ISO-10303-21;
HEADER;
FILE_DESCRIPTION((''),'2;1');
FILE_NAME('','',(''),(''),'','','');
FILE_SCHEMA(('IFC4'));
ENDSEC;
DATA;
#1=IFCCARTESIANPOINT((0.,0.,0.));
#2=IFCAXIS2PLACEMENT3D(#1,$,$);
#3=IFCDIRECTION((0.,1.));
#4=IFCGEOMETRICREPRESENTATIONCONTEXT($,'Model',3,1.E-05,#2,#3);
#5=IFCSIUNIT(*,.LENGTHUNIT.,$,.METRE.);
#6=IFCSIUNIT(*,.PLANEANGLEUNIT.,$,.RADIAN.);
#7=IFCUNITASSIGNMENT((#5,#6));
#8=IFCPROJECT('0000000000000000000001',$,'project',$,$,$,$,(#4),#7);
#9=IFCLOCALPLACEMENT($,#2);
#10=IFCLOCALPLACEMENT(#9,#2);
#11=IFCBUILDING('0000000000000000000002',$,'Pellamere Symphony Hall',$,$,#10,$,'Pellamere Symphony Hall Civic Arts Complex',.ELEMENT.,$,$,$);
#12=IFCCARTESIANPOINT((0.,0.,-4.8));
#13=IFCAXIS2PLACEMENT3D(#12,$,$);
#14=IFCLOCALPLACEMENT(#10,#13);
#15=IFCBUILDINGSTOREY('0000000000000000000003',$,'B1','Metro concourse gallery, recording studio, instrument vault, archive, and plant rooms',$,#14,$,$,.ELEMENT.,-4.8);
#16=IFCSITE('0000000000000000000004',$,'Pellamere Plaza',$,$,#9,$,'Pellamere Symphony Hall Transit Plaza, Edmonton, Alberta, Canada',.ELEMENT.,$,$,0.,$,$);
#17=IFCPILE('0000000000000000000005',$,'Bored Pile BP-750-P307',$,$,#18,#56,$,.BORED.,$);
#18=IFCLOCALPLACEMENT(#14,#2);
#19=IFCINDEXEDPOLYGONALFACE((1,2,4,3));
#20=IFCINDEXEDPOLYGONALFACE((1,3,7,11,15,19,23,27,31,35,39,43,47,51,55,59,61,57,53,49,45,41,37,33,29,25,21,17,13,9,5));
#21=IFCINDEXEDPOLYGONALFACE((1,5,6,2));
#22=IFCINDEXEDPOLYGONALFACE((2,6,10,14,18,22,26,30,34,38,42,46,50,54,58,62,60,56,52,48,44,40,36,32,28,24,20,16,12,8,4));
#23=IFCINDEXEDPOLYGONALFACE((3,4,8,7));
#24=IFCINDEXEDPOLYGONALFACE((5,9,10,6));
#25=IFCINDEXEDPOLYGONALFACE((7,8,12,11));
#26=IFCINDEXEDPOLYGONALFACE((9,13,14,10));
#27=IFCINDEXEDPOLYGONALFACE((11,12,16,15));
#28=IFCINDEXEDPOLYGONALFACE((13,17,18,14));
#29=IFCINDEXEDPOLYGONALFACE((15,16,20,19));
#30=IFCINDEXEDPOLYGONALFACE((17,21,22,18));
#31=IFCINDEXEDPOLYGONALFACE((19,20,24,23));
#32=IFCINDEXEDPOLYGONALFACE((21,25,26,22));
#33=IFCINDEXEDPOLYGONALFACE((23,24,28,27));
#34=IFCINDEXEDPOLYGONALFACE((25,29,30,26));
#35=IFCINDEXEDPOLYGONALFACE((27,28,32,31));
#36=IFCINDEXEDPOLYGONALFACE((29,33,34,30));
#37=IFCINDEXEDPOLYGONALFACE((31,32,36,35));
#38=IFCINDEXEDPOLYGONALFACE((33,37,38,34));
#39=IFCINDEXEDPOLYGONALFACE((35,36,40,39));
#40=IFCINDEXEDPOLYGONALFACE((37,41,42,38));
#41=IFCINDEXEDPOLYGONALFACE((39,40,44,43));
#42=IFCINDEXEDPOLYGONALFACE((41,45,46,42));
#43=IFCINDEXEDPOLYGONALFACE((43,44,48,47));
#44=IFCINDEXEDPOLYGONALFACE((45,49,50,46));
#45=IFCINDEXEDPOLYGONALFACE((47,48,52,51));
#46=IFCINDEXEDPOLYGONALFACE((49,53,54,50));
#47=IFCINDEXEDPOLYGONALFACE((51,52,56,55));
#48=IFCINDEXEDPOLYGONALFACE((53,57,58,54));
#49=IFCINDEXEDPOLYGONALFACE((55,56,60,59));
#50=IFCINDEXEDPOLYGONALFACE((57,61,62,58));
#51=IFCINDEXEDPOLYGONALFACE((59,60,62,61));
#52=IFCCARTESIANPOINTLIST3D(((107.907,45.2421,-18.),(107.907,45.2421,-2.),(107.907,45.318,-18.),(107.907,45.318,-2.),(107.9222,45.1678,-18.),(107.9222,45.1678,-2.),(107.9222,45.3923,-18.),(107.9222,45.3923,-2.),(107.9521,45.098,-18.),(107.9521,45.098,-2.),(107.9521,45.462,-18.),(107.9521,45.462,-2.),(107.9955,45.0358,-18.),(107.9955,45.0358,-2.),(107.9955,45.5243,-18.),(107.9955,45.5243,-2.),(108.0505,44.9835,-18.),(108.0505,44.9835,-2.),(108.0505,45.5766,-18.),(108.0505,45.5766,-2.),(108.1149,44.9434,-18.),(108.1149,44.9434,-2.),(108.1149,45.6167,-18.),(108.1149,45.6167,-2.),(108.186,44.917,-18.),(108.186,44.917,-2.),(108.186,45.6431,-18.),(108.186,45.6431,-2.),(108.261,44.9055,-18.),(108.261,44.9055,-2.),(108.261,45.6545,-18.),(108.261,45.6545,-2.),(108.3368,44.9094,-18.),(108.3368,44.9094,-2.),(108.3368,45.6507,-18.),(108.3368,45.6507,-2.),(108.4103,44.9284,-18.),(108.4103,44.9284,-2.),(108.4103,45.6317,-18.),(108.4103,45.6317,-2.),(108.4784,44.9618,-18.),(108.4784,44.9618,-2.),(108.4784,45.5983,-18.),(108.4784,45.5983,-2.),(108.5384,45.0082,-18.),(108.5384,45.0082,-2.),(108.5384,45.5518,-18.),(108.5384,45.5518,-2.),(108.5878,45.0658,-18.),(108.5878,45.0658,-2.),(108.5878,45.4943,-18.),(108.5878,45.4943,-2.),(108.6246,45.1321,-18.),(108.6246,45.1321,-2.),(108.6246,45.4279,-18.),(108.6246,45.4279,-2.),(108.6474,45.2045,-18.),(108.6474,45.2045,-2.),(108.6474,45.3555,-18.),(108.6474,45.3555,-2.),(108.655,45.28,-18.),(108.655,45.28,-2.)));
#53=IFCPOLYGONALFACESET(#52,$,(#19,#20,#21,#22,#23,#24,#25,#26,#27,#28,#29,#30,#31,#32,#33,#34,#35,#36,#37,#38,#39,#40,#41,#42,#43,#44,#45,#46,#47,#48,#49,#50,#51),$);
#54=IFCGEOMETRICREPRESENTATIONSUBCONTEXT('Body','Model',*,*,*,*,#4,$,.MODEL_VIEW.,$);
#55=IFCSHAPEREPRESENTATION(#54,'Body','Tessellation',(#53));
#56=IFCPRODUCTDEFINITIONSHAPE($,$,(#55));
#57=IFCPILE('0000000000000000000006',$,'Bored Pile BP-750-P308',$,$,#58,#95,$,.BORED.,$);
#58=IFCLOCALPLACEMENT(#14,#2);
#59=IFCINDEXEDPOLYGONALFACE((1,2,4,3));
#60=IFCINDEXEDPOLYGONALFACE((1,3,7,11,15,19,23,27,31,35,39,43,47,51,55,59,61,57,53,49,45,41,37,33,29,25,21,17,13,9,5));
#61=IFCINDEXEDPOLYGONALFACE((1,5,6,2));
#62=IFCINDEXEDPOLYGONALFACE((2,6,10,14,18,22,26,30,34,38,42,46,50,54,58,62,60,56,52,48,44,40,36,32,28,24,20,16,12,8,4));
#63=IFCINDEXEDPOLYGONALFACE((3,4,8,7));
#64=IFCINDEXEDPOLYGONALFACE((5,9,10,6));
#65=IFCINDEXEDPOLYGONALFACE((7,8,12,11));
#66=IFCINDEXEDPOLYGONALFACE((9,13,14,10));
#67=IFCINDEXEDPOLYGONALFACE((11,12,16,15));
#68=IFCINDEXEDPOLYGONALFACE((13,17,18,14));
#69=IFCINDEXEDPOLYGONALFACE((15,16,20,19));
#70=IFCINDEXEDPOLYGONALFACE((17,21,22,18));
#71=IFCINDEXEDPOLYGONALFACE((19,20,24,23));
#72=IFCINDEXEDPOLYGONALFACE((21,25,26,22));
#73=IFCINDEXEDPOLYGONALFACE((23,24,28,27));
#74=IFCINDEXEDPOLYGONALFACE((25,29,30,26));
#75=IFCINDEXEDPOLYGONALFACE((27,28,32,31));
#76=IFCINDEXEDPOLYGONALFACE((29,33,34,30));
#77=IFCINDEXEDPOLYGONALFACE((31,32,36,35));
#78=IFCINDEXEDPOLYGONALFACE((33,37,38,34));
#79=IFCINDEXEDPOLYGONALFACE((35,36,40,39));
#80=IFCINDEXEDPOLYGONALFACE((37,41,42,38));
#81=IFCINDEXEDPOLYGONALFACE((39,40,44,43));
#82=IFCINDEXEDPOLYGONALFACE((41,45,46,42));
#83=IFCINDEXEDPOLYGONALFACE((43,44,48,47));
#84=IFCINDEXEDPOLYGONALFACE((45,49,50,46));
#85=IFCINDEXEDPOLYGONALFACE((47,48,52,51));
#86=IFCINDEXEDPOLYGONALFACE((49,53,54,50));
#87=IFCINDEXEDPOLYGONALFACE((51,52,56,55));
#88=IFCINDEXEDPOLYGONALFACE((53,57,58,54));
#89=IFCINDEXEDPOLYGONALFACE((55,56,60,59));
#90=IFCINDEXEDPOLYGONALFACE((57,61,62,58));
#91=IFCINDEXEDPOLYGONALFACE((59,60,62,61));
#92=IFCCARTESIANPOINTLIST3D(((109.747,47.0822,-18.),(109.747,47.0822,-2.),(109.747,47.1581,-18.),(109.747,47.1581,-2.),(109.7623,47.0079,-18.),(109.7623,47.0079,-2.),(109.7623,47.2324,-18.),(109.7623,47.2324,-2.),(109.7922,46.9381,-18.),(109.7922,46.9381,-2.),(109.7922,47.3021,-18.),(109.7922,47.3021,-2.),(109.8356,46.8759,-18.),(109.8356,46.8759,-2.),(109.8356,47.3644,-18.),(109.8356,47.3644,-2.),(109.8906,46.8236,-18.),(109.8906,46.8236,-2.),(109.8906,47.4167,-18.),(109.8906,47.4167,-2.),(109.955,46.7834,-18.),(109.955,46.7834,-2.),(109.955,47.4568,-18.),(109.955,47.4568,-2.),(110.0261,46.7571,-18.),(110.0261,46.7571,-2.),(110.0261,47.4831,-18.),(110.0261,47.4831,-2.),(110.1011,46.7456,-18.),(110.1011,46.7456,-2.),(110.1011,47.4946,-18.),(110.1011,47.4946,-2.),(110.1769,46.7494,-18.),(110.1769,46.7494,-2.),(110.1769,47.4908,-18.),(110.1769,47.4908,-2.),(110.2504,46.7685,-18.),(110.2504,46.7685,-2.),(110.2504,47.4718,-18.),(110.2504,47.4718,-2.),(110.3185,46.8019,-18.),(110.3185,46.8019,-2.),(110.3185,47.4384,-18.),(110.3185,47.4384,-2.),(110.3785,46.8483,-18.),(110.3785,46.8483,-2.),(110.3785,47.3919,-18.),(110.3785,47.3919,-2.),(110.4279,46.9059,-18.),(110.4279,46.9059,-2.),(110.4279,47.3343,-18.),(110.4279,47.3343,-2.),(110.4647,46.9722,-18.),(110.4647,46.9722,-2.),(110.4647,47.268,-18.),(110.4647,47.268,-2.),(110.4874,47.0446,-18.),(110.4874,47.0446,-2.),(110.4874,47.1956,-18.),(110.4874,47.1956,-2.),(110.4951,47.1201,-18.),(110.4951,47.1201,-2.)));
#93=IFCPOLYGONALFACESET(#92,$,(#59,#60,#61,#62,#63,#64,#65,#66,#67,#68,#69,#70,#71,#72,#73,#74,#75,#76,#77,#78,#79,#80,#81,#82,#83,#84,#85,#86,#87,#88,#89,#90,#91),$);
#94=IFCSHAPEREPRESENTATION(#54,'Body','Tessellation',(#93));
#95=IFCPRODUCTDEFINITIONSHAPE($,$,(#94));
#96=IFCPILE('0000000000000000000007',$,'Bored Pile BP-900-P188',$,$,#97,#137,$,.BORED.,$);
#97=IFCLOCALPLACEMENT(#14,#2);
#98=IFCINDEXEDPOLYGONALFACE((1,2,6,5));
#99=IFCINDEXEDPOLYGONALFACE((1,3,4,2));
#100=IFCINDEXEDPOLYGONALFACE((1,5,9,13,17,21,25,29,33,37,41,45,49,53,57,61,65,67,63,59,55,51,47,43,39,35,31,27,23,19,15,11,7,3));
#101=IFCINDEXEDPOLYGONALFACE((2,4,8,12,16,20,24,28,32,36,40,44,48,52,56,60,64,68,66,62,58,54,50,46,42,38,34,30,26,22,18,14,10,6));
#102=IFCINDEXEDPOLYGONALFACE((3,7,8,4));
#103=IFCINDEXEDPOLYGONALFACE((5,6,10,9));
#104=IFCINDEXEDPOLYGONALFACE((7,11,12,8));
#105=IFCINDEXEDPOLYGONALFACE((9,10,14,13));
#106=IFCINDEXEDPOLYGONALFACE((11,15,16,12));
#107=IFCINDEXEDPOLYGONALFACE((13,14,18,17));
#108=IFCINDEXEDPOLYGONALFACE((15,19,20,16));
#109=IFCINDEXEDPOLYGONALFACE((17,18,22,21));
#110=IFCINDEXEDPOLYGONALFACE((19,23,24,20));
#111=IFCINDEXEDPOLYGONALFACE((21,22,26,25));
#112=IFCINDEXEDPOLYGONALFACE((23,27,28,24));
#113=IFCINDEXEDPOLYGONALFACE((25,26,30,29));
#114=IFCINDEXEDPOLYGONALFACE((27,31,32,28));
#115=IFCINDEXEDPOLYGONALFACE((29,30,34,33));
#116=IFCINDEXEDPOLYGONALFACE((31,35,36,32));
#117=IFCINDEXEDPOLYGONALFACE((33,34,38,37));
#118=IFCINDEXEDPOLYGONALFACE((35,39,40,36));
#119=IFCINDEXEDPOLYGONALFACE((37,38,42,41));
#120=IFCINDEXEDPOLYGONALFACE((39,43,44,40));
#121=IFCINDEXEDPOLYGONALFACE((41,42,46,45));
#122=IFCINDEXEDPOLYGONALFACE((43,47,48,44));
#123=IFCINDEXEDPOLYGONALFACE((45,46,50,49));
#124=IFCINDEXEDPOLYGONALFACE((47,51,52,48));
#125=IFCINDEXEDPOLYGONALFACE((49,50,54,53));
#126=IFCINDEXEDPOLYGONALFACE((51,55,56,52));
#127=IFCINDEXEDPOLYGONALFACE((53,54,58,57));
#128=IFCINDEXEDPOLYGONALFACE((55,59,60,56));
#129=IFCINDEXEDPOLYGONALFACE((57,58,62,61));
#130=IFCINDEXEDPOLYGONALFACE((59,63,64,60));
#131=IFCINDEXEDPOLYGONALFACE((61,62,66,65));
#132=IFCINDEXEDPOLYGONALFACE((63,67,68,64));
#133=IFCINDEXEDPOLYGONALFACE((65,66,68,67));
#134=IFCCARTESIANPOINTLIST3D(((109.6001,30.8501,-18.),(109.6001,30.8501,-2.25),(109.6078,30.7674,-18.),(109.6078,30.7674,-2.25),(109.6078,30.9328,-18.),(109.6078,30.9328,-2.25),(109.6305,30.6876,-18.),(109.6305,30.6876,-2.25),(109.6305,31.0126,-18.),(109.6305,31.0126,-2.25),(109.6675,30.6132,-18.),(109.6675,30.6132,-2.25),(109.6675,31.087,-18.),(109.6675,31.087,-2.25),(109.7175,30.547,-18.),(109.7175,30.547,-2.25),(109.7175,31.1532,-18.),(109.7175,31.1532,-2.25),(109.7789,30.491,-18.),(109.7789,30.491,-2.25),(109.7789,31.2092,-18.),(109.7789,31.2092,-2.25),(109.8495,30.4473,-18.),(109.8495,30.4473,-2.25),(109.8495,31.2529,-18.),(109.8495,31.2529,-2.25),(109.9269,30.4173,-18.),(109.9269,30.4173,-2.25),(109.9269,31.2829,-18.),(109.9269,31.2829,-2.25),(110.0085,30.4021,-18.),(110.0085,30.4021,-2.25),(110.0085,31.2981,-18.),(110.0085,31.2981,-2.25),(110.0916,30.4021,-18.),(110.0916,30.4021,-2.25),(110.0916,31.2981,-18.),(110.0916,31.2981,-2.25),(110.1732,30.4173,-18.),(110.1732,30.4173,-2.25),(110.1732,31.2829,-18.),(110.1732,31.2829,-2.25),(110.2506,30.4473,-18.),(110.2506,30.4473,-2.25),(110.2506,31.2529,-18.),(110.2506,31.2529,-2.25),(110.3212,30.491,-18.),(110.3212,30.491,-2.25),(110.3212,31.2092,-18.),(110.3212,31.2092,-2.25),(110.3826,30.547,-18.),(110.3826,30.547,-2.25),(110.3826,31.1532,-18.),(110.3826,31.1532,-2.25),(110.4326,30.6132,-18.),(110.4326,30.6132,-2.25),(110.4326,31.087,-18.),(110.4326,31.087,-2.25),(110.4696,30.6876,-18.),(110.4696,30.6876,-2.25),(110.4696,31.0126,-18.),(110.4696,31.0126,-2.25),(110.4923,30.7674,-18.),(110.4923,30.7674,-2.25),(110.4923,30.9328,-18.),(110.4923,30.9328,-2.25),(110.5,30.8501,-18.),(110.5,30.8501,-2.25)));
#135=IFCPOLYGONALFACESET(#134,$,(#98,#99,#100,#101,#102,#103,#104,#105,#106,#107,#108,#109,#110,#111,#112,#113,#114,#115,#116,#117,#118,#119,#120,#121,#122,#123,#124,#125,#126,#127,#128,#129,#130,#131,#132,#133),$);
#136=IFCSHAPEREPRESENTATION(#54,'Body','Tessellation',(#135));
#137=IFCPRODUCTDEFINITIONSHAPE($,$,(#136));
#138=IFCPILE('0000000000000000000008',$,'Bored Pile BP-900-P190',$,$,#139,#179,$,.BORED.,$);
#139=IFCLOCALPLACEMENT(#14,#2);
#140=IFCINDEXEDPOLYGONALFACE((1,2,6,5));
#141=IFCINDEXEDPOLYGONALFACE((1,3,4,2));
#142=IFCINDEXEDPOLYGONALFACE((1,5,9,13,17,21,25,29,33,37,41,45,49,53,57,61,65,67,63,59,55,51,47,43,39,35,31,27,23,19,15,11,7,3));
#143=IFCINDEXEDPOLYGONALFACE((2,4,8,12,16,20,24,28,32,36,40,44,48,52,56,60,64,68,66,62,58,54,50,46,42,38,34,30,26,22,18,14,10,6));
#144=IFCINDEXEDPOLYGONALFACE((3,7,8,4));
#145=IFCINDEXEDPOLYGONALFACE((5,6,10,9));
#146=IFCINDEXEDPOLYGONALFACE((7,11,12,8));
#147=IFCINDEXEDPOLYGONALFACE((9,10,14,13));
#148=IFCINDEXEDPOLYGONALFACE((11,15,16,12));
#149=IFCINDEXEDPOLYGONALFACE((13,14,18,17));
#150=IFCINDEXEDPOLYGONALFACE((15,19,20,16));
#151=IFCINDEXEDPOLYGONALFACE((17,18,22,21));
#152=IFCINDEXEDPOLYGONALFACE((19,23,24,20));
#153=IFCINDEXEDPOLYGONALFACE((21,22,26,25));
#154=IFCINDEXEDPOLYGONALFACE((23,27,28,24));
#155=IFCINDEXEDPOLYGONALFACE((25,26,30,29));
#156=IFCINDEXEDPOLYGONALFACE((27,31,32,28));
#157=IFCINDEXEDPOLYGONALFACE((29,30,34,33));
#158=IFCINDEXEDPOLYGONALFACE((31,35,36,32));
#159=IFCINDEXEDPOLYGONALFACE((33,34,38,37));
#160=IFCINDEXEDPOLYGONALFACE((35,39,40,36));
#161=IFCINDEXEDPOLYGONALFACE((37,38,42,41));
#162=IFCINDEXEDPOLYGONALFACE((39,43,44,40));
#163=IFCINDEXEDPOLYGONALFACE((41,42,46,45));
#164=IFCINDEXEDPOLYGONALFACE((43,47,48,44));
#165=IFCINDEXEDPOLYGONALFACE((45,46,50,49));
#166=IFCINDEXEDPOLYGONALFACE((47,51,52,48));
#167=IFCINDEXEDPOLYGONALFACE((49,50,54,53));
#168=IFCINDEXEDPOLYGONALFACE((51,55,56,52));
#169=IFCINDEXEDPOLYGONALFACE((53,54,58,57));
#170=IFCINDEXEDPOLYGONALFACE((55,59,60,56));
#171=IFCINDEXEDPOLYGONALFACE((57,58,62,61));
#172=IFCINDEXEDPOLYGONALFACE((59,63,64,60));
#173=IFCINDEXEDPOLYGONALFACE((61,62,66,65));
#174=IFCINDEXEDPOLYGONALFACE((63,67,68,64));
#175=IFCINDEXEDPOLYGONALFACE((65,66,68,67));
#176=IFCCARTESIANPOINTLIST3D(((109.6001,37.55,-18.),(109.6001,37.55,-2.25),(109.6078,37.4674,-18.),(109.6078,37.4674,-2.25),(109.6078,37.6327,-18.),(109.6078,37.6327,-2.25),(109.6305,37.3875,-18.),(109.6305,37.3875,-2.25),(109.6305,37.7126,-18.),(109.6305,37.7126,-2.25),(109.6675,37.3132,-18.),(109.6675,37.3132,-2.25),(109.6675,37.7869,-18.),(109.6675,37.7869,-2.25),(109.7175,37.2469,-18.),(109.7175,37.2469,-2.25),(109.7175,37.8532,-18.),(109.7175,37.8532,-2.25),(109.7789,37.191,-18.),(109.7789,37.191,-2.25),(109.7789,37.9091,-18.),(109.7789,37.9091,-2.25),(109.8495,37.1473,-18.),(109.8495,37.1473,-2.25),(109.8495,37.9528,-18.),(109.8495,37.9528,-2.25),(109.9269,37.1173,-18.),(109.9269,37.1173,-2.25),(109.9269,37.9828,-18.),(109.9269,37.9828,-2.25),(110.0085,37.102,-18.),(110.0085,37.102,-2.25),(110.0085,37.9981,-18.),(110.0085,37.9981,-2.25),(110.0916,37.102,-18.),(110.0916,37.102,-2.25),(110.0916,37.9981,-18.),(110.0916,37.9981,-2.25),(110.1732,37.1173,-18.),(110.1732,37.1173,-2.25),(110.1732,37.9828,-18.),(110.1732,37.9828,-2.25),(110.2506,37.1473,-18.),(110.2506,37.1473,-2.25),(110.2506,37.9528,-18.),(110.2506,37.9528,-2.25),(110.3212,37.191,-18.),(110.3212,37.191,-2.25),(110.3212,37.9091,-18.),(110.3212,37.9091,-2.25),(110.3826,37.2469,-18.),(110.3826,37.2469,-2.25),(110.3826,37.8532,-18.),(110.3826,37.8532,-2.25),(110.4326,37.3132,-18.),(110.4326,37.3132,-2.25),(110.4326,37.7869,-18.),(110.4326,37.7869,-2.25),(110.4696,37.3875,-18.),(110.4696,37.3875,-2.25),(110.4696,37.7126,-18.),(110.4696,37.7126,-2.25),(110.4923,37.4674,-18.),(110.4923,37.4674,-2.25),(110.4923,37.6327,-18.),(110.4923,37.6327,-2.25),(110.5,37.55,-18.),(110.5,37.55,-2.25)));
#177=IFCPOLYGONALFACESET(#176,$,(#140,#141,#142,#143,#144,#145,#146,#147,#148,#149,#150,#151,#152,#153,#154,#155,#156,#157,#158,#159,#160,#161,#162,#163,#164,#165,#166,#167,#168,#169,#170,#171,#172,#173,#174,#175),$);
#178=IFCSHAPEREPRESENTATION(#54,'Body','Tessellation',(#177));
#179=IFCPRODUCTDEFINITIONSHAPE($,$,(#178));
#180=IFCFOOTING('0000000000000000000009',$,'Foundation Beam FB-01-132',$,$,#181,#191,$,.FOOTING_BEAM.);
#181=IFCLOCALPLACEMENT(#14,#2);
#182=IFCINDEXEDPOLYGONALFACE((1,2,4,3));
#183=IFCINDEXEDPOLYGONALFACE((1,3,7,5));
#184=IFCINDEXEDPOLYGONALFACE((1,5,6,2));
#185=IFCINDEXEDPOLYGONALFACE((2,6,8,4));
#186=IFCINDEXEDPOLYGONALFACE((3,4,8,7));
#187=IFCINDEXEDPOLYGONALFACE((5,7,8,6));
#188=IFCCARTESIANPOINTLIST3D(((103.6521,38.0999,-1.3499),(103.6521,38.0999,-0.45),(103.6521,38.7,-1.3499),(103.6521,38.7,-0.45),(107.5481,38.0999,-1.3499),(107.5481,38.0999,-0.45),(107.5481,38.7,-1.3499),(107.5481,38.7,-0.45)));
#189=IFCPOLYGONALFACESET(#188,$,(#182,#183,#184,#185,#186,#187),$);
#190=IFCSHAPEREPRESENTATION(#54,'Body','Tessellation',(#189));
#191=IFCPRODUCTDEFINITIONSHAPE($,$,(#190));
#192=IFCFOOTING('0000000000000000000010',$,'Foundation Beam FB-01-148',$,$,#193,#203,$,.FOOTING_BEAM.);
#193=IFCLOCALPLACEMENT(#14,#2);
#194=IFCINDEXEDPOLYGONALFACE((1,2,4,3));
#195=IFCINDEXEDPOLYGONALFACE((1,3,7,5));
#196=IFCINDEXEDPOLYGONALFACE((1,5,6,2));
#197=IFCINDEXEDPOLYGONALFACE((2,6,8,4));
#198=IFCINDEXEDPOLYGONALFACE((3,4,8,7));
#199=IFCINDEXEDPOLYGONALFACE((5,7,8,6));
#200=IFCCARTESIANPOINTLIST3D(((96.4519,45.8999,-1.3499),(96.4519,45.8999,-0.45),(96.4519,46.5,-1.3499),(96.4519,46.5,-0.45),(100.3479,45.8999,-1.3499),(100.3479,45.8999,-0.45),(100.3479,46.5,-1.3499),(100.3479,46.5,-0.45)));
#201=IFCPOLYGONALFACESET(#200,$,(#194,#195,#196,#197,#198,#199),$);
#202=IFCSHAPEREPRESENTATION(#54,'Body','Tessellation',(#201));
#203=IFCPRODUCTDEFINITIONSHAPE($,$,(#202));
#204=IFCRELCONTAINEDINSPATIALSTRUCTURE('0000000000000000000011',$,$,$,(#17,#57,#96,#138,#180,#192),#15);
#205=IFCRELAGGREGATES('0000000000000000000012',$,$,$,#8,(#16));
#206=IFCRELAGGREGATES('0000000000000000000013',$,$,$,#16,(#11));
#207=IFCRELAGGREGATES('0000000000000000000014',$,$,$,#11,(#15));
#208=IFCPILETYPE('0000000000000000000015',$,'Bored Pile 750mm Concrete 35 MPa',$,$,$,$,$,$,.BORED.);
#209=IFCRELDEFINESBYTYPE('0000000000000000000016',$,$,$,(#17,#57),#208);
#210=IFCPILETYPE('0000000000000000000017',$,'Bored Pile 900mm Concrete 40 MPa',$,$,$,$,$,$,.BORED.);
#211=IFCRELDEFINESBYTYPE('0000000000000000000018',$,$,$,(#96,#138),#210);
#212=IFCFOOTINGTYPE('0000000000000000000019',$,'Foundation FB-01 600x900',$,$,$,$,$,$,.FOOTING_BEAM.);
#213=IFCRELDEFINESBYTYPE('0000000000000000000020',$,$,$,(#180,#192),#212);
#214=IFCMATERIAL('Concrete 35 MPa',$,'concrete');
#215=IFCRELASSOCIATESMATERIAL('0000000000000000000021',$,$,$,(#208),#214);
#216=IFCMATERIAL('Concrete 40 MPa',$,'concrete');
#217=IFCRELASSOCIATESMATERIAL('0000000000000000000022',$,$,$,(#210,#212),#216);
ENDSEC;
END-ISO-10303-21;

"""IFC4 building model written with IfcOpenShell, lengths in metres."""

from ifc_helpers import new_model, si_unit, direction, frame, origin, origin_2d, place, context, subcontext, project, spatial, rectangle, circle, extrude, material, material_profile, profile_set, type_object, element, save


model = new_model("IFC4")

# Units and contexts
model_context = context("Model", 3, precision=1e-05, world=origin(), true_north=direction((0.0, 1.0)))
body_context = subcontext(model_context, "Body", "Model", "MODEL_VIEW")
ifc_project = project(units=[si_unit("LENGTHUNIT", "METRE"), si_unit("PLANEANGLEUNIT", "RADIAN")], contexts=[model_context])

# Site, building, storey
site_placement = place(None, origin())
site = spatial("IfcSite", under=ifc_project, at=site_placement, Name="Pellamere Plaza", LongName="Pellamere Symphony Hall Transit Plaza, Edmonton, Alberta, Canada", CompositionType="ELEMENT", RefElevation=0.0)
building_placement = place(site_placement, origin())
building = spatial("IfcBuilding", under=site, at=building_placement, Name="Pellamere Symphony Hall", LongName="Pellamere Symphony Hall Civic Arts Complex", CompositionType="ELEMENT")
storey_placement = place(building_placement, frame((0.0, 0.0, -4.8)))
storey = spatial("IfcBuildingStorey", under=building, at=storey_placement, Name="B1", Description="Metro concourse gallery, recording studio, instrument vault, archive, and plant rooms", CompositionType="ELEMENT", Elevation=-4.8)

# Piles
ifc_material_1 = material(Name="Concrete 35 MPa", Category="concrete")
ifc_material_profile_1 = material_profile(ifc_material_1, circle(Radius=0.375, at=origin_2d()), Name="PILE D750")
ifc_profile_set_1 = profile_set([ifc_material_profile_1], Name="Concrete 35 MPa")
pile_type_1 = type_object("IfcPileType", Name="Bored Pile 750mm Concrete 35 MPa", PredefinedType="BORED", material=ifc_profile_set_1)
for number, where, z_axis, x_axis, name in (
    (1, (108.28, 45.28, -2.0), (0.0, 0.0, -1.0), (1.0, 0.0, 0.0), "Bored Pile BP-750-P307"),
    (2, (110.1201, 47.1201, -2.0), (0.0, 0.0, -1.0), (1.0, 0.0, 0.0), "Bored Pile BP-750-P308"),
):
    element("IfcPile", number, at=place(storey_placement, frame(where, z_axis=z_axis, x_axis=x_axis)), inside=storey, type_object=pile_type_1, Name=name, PredefinedType="BORED", context=body_context, shape_type="SweptSolid", body=[
        extrude(circle(Radius=0.375, at=origin_2d()), origin(), (0.0, 0.0, 1.0), 16.0),
    ])
ifc_material_2 = material(Name="Concrete 40 MPa", Category="concrete")
ifc_material_profile_2 = material_profile(ifc_material_2, circle(Radius=0.45, at=origin_2d()), Name="PILE D900")
ifc_profile_set_2 = profile_set([ifc_material_profile_2], Name="Concrete 40 MPa")
pile_type_2 = type_object("IfcPileType", Name="Bored Pile 900mm Concrete 40 MPa", PredefinedType="BORED", material=ifc_profile_set_2)
for number, where, z_axis, x_axis, name in (
    (3, (110.05, 30.8501, -2.25), (0.0, 0.0, -1.0), (1.0, 0.0, 0.0), "Bored Pile BP-900-P188"),
    (4, (110.05, 37.55, -2.25), (0.0, 0.0, -1.0), (1.0, 0.0, 0.0), "Bored Pile BP-900-P190"),
):
    element("IfcPile", number, at=place(storey_placement, frame(where, z_axis=z_axis, x_axis=x_axis)), inside=storey, type_object=pile_type_2, Name=name, PredefinedType="BORED", context=body_context, shape_type="SweptSolid", body=[
        extrude(circle(Radius=0.45, at=origin_2d()), origin(), (0.0, 0.0, 1.0), 15.75),
    ])

# Footings
ifc_material_profile_3 = material_profile(ifc_material_2, rectangle(XDim=0.6001, YDim=0.8999, at=origin_2d()), Name="RC 600x900")
ifc_profile_set_3 = profile_set([ifc_material_profile_3], Name="Concrete 40 MPa")
footing_type_1 = type_object("IfcFootingType", Name="Foundation FB-01 600x900", PredefinedType="FOOTING_BEAM", material=ifc_profile_set_3)
for number, where, z_axis, x_axis, name in (
    (5, (103.6521, 38.3999, -0.8999), (1.0, 0.0, 0.0), (0.0, 1.0, 0.0), "Foundation Beam FB-01-132"),
    (6, (96.4519, 46.2, -0.8999), (1.0, 0.0, 0.0), (0.0, 1.0, 0.0), "Foundation Beam FB-01-148"),
):
    element("IfcFooting", number, at=place(storey_placement, frame(where, z_axis=z_axis, x_axis=x_axis)), inside=storey, type_object=footing_type_1, Name=name, PredefinedType="FOOTING_BEAM", context=body_context, shape_type="SweptSolid", body=[
        extrude(rectangle(XDim=0.6001, YDim=0.8999, at=origin_2d()), origin(), (0.0, 0.0, 1.0), 3.896),
    ])

save(model, "model.ifc")
